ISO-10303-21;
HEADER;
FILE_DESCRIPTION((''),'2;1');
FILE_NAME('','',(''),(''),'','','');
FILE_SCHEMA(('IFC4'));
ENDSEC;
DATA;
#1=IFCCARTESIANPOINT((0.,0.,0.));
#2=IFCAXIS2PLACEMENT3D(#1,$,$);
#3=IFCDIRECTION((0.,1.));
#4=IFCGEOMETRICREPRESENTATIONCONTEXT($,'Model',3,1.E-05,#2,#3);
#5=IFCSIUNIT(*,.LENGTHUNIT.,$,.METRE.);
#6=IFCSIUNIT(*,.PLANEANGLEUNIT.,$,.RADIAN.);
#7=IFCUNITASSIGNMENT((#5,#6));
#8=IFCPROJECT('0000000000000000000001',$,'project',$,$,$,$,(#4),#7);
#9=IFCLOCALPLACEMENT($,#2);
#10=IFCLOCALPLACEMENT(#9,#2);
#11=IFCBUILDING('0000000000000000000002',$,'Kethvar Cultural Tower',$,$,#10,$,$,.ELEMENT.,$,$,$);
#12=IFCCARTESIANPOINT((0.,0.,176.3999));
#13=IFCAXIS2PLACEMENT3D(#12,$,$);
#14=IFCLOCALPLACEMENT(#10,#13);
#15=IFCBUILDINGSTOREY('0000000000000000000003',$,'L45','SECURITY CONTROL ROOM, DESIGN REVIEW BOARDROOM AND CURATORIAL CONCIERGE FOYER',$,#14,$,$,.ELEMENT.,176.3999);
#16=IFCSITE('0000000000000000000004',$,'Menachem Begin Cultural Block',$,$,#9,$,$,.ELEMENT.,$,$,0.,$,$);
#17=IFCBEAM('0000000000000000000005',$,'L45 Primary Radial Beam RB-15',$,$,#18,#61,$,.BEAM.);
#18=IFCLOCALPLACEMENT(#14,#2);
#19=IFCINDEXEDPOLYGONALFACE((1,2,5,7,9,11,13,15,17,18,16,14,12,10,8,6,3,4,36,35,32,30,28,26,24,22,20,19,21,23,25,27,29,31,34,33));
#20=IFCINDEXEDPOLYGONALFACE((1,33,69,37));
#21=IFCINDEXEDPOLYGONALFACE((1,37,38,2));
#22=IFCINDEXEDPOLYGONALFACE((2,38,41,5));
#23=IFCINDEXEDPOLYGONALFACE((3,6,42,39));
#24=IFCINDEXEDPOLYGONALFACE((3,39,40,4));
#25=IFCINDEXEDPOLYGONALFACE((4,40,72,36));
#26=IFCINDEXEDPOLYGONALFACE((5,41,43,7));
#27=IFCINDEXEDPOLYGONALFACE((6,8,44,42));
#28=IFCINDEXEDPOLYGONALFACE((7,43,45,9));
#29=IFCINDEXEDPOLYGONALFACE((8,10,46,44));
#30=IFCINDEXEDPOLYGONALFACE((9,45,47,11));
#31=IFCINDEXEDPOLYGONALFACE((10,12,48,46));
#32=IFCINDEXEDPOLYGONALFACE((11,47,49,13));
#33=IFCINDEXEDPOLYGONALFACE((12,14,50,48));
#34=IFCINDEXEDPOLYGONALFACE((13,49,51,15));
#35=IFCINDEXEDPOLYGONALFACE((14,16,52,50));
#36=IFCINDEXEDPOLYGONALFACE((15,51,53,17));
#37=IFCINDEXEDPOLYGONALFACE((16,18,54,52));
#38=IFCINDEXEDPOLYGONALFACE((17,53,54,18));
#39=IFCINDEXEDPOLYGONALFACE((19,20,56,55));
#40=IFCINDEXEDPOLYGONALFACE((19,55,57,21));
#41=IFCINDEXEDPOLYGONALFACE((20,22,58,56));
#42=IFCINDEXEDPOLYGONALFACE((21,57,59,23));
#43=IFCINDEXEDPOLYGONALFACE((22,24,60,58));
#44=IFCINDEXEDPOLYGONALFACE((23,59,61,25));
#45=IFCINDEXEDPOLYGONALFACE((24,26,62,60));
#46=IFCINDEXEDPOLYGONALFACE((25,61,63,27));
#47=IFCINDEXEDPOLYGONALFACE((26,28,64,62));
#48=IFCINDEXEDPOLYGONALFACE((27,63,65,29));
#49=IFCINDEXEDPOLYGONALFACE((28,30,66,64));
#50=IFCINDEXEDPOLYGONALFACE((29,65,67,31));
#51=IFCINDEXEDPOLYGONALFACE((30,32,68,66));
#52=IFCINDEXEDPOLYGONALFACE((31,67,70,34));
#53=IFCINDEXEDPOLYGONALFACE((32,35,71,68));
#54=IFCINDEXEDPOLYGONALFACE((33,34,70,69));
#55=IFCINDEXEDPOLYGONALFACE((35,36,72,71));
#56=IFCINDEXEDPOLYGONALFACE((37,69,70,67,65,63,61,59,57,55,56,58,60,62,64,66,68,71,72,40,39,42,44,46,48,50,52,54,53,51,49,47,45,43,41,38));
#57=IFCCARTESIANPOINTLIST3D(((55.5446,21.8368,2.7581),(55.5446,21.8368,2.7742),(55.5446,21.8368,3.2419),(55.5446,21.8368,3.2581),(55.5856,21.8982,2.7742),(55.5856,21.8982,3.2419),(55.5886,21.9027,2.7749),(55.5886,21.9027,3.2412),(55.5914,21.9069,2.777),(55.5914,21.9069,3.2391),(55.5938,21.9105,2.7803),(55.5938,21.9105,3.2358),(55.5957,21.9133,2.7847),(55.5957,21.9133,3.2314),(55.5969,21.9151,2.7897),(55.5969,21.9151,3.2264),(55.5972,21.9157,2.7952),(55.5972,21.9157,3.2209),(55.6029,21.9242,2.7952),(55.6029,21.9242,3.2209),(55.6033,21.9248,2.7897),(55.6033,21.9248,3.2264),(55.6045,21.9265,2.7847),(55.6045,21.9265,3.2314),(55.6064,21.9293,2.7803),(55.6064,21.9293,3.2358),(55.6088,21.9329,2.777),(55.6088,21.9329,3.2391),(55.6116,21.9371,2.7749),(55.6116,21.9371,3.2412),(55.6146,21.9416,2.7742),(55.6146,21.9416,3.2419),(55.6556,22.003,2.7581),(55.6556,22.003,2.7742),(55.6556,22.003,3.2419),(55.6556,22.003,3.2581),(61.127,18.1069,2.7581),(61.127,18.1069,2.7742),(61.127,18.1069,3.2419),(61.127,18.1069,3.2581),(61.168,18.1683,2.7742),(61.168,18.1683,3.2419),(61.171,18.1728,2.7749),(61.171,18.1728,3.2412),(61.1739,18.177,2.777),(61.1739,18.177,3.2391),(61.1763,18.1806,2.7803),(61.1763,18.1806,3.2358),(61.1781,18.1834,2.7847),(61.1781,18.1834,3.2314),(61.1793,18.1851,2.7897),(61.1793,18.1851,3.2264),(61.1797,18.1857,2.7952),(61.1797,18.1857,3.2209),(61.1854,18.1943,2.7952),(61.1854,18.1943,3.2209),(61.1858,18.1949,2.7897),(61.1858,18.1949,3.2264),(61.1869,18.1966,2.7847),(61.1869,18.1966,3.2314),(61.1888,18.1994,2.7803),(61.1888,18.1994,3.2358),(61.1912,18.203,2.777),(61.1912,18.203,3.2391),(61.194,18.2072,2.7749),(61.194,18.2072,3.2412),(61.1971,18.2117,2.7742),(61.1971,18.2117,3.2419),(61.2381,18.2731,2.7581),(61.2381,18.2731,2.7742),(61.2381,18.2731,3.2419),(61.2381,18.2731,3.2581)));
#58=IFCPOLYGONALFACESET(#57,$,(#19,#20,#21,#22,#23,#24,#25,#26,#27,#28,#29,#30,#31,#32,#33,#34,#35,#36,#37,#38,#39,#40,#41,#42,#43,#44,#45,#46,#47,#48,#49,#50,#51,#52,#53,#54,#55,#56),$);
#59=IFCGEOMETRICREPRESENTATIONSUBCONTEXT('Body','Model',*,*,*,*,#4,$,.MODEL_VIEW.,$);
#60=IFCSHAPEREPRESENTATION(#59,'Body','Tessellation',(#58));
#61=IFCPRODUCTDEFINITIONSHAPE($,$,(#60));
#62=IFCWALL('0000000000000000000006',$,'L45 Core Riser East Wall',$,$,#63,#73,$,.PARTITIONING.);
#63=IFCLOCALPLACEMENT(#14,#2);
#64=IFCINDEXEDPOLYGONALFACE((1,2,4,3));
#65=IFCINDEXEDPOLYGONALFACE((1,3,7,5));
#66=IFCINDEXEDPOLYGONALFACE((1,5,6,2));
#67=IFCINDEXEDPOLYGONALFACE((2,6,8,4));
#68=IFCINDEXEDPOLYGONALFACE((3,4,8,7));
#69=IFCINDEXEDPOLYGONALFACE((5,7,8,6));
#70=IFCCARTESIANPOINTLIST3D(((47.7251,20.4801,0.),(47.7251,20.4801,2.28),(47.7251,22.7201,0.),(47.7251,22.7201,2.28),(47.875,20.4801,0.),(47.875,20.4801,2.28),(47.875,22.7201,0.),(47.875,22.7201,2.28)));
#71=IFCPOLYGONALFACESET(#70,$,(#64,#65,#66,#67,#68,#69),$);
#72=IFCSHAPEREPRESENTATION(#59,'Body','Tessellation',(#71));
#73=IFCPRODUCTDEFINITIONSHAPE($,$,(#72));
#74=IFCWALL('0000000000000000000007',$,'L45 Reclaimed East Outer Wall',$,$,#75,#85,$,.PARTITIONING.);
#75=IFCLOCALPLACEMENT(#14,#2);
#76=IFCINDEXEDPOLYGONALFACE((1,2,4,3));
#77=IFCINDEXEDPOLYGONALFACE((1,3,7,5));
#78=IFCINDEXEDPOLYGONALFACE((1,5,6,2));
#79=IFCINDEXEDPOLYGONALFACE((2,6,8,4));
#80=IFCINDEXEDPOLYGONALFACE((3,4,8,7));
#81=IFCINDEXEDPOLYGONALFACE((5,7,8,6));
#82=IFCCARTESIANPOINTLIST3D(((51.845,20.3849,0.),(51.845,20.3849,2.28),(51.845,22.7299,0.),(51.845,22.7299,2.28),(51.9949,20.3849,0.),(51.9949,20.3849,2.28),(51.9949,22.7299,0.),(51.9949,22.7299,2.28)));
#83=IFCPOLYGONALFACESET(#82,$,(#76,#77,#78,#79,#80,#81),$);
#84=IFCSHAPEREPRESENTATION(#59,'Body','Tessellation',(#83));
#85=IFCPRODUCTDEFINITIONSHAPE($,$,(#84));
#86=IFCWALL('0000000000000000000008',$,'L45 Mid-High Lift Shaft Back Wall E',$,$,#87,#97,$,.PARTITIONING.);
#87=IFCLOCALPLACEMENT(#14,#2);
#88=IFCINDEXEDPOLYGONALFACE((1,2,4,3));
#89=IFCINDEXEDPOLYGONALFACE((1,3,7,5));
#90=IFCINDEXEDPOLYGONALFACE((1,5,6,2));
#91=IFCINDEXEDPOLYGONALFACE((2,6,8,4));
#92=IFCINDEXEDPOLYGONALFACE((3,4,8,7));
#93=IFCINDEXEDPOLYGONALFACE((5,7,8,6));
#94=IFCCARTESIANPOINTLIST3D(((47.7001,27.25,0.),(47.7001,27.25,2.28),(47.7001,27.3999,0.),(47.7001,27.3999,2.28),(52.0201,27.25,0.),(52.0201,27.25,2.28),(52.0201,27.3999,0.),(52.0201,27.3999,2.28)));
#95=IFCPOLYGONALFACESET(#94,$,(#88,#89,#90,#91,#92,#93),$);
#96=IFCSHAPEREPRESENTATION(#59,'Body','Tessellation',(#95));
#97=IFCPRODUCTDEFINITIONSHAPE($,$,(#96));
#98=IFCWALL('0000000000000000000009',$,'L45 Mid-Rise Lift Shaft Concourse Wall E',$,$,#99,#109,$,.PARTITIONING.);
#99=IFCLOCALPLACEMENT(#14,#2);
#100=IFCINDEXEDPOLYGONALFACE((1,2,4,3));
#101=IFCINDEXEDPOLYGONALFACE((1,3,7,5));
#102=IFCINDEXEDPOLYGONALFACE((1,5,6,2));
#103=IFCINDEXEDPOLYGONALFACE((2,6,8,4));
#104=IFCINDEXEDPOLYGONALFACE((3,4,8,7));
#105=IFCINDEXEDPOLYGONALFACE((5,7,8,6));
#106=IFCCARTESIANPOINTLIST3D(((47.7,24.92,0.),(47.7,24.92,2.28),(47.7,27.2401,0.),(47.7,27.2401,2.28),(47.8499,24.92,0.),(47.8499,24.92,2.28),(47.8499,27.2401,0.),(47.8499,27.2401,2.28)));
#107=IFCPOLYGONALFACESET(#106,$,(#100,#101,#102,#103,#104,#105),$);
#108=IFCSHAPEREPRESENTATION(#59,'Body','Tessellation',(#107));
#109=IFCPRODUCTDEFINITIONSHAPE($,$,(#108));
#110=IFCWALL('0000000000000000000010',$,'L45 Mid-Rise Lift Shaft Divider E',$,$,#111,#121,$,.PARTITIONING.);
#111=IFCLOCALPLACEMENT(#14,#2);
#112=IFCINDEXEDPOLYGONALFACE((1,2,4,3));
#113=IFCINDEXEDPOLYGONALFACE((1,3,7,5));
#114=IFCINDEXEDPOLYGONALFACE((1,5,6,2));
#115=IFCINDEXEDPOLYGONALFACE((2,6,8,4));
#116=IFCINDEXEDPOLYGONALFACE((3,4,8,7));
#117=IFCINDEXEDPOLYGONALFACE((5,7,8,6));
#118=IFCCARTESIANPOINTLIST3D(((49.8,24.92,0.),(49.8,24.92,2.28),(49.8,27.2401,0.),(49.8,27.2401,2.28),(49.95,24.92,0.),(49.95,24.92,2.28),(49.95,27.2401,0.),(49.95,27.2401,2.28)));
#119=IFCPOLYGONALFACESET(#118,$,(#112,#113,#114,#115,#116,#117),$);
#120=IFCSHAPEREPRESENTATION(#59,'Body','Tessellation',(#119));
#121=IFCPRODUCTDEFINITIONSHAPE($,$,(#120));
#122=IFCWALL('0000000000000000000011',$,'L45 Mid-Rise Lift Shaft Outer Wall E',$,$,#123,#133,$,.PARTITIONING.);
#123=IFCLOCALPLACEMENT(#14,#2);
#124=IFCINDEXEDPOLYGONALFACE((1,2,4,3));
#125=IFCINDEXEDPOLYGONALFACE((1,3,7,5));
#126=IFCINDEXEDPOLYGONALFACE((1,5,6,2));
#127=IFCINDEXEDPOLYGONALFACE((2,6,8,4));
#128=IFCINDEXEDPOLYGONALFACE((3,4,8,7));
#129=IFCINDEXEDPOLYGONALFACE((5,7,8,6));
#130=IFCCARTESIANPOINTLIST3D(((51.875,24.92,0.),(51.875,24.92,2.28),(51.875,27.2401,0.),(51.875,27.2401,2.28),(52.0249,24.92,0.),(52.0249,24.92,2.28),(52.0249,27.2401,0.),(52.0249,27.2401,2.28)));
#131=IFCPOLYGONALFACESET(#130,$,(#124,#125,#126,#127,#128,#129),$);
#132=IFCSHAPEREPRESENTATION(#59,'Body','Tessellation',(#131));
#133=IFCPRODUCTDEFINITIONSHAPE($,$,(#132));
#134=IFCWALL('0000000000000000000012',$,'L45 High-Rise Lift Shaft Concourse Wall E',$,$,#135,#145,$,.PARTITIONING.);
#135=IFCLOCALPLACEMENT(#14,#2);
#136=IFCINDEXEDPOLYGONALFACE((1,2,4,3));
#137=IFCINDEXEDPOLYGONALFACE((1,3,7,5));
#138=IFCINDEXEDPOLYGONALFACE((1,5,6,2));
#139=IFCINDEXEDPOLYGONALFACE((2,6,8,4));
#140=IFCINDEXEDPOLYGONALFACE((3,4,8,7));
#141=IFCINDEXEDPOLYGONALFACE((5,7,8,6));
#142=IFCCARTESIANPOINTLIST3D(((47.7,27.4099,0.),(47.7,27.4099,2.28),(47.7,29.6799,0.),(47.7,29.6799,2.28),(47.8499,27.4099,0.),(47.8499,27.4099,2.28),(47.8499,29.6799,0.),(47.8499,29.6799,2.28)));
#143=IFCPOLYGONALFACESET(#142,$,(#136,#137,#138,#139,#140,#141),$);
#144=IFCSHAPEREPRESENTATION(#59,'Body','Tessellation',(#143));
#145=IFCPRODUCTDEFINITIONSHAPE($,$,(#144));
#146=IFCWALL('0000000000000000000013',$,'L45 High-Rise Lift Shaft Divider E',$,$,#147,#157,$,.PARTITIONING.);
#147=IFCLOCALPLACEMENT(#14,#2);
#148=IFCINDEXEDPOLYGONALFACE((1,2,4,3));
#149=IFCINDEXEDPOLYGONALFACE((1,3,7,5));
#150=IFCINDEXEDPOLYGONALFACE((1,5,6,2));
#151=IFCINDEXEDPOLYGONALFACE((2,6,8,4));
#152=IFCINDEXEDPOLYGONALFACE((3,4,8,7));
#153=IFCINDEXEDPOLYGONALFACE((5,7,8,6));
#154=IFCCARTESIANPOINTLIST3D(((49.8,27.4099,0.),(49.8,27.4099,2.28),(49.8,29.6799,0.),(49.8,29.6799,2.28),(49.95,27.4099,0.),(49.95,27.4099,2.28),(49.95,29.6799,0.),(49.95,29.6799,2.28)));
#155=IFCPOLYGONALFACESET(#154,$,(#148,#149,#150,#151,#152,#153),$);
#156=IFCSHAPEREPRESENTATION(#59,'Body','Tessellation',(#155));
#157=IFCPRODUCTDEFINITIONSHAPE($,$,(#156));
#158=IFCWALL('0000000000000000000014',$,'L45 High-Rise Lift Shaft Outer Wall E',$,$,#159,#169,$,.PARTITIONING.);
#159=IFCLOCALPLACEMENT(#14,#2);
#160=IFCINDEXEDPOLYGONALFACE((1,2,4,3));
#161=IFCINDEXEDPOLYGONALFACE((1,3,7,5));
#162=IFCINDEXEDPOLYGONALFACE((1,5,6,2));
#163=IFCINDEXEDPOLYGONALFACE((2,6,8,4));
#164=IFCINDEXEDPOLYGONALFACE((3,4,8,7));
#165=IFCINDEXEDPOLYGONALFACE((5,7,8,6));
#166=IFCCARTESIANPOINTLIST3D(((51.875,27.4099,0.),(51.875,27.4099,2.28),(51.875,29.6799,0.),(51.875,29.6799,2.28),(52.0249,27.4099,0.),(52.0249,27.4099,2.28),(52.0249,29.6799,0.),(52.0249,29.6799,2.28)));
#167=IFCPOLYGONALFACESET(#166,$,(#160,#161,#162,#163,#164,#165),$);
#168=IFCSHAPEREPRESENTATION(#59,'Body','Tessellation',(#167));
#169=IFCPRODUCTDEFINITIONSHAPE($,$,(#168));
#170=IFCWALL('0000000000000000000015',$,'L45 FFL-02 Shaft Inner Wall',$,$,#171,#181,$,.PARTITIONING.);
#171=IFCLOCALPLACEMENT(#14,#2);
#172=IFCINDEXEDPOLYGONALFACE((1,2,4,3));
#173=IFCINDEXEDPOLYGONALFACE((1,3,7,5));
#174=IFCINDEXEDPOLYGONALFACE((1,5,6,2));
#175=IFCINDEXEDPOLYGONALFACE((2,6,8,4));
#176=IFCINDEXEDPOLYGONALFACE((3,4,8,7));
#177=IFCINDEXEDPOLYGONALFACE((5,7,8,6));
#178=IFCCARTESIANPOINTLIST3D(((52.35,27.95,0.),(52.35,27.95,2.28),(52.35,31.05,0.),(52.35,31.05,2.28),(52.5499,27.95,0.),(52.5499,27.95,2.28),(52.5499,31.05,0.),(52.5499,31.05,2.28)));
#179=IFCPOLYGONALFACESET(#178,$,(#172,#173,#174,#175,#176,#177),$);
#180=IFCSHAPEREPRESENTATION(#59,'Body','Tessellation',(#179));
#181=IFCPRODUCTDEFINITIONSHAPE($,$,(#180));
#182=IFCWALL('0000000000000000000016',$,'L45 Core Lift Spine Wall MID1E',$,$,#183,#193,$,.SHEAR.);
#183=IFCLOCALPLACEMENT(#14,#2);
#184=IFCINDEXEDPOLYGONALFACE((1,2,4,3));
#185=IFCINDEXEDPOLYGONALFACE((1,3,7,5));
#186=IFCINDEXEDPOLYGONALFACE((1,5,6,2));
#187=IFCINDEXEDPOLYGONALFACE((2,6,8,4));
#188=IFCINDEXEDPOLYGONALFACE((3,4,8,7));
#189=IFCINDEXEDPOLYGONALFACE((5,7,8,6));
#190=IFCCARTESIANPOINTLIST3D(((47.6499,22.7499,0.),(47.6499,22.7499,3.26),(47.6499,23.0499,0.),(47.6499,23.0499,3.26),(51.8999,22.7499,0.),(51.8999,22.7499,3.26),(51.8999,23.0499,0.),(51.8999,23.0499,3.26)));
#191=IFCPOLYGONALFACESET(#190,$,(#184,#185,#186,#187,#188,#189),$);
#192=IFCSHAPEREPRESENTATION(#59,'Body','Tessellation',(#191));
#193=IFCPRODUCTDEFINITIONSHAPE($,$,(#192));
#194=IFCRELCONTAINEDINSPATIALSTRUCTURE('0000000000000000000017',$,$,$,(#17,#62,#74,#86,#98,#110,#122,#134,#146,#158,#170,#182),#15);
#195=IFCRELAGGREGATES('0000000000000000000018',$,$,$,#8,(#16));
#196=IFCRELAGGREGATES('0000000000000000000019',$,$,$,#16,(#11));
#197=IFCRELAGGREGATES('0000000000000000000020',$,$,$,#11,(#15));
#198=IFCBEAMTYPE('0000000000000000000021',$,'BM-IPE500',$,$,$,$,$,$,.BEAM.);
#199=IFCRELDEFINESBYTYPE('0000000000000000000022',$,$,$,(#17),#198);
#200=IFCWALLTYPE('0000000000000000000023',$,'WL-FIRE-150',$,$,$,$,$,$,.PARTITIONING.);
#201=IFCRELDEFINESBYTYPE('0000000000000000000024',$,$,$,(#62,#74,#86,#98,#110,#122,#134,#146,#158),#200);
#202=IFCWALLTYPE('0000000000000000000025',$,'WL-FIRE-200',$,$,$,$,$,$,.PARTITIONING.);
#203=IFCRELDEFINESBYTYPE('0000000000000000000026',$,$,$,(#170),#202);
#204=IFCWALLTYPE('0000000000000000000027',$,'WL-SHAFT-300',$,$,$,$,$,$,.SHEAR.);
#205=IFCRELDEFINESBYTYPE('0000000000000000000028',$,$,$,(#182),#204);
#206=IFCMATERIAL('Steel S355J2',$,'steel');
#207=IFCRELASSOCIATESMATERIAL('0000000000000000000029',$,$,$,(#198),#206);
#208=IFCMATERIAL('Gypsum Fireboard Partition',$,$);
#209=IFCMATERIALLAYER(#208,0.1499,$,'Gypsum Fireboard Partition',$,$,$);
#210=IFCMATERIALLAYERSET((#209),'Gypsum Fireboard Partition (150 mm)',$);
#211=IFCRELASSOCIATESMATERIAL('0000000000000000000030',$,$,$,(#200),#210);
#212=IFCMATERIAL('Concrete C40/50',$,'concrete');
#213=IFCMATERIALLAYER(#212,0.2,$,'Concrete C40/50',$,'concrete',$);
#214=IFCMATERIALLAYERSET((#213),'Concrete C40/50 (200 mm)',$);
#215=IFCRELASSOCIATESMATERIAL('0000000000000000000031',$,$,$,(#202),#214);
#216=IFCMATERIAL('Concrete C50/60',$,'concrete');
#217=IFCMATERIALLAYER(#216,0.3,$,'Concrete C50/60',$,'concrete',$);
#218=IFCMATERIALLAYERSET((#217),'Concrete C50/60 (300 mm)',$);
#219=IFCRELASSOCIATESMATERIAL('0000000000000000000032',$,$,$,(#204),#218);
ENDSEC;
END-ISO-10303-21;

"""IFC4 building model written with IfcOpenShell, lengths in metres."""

from ifc_helpers import new_model, si_unit, direction, frame, frame_2d, origin, origin_2d, place, context, subcontext, project, spatial, rectangle, i_section, extrude, source, transform, mapped, material, layer, layer_set, material_profile, profile_set, type_object, element, save


model = new_model("IFC4")

# Units and contexts
model_context = context("Model", 3, precision=1e-05, world=origin(), true_north=direction((0.0, 1.0)))
body_context = subcontext(model_context, "Body", "Model", "MODEL_VIEW")
ifc_project = project(units=[si_unit("LENGTHUNIT", "METRE"), si_unit("PLANEANGLEUNIT", "RADIAN")], contexts=[model_context])

# Site, building, storey
site_placement = place(None, origin())
site = spatial("IfcSite", under=ifc_project, at=site_placement, Name="Menachem Begin Cultural Block", CompositionType="ELEMENT", RefElevation=0.0)
building_placement = place(site_placement, origin())
building = spatial("IfcBuilding", under=site, at=building_placement, Name="Kethvar Cultural Tower", CompositionType="ELEMENT")
storey_placement = place(building_placement, frame((0.0, 0.0, 176.3999)))
storey = spatial("IfcBuildingStorey", under=building, at=storey_placement, Name="L45", Description="SECURITY CONTROL ROOM, DESIGN REVIEW BOARDROOM AND CURATORIAL CONCIERGE FOYER", CompositionType="ELEMENT", Elevation=176.3999)

# Beam
ifc_material_1 = material(Name="Steel S355J2", Category="steel")
ifc_material_profile = material_profile(ifc_material_1, i_section(OverallWidth=0.2, OverallDepth=0.5, WebThickness=0.0103, FlangeThickness=0.0161, FilletRadius=0.021, at=origin_2d()), Name="Steel S355J2 — IPE500")
ifc_profile_set = profile_set([ifc_material_profile], Name="Steel S355J2 — IPE500")
beam_type = type_object("IfcBeamType", Name="BM-IPE500", PredefinedType="BEAM", material=ifc_profile_set)
shared_shape_1 = source(origin(), body_context, "Body", "SweptSolid", [
    extrude(i_section(OverallWidth=0.2, OverallDepth=0.5, WebThickness=0.0103, FlangeThickness=0.0161, FilletRadius=0.021, at=origin_2d()), origin(), (0.0, 0.0, 1.0), 6.7139),
])
beam_placement = place(storey_placement, frame((55.6001, 21.9199, 3.0081), z_axis=(0.831479, -0.555556, 0.0), x_axis=(0.555556, 0.831479, 0.0)))
element("IfcBeam", 1, at=beam_placement, inside=storey, type_object=beam_type, Name="L45 Primary Radial Beam RB-15", PredefinedType="BEAM", context=body_context, shape_type="MappedRepresentation", body=[
    mapped(shared_shape_1, transform((0.0, 0.0, 0.0), scale=1.0)),
])

# Walls
ifc_material_2 = material(Name="Gypsum Fireboard Partition")
ifc_layer_1 = layer(ifc_material_2, 0.1499, Name="Gypsum Fireboard Partition")
ifc_layer_set_1 = layer_set([ifc_layer_1], Name="Gypsum Fireboard Partition (150 mm)")
wall_type_1 = type_object("IfcWallType", Name="WL-FIRE-150", PredefinedType="PARTITIONING", material=ifc_layer_set_1)
wall_1_placement = place(storey_placement, frame((47.8, 20.48, 0.0), z_axis=(0.0, 0.0, 1.0), x_axis=(0.0, 1.0, 0.0)))
element("IfcWall", 2, at=wall_1_placement, inside=storey, type_object=wall_type_1, Name="L45 Core Riser East Wall", PredefinedType="PARTITIONING", context=body_context, shape_type="SweptSolid", body=[
    extrude(rectangle(XDim=2.24, YDim=0.1499, at=frame_2d((1.1201, 0.0))), origin(), (0.0, 0.0, 1.0), 2.28),
])
wall_2_placement = place(storey_placement, frame((51.9199, 20.385, 0.0), z_axis=(0.0, 0.0, 1.0), x_axis=(0.0, 1.0, 0.0)))
element("IfcWall", 3, at=wall_2_placement, inside=storey, type_object=wall_type_1, Name="L45 Reclaimed East Outer Wall", PredefinedType="PARTITIONING", context=body_context, shape_type="SweptSolid", body=[
    extrude(rectangle(XDim=2.345, YDim=0.1499, at=frame_2d((1.1724, 0.0))), origin(), (0.0, 0.0, 1.0), 2.28),
])

# Walls
wall_3_placement = place(storey_placement, frame((47.7, 27.325, 0.0), z_axis=(0.0, 0.0, 1.0), x_axis=(1.0, 0.0, 0.0)))
element("IfcWall", 4, at=wall_3_placement, inside=storey, type_object=wall_type_1, Name="L45 Mid-High Lift Shaft Back Wall E", PredefinedType="PARTITIONING", context=body_context, shape_type="SweptSolid", body=[
    extrude(rectangle(XDim=4.3201, YDim=0.1499, at=frame_2d((2.1602, 0.0))), origin(), (0.0, 0.0, 1.0), 2.28),
])
for number, where, z_axis, x_axis, name in (
    (5, (47.7749, 24.9199, 0.0), (0.0, 0.0, 1.0), (0.0, 1.0, 0.0), "L45 Mid-Rise Lift Shaft Concourse Wall E"),
    (6, (49.875, 24.9199, 0.0), (0.0, 0.0, 1.0), (0.0, 1.0, 0.0), "L45 Mid-Rise Lift Shaft Divider E"),
    (7, (51.95, 24.9199, 0.0), (0.0, 0.0, 1.0), (0.0, 1.0, 0.0), "L45 Mid-Rise Lift Shaft Outer Wall E"),
):
    element("IfcWall", number, at=place(storey_placement, frame(where, z_axis=z_axis, x_axis=x_axis)), inside=storey, type_object=wall_type_1, Name=name, PredefinedType="PARTITIONING", context=body_context, shape_type="SweptSolid", body=[
        extrude(rectangle(XDim=2.3201, YDim=0.1499, at=frame_2d((1.1602, 0.0))), origin(), (0.0, 0.0, 1.0), 2.28),
    ])
for number, where, z_axis, x_axis, name in (
    (8, (47.7749, 27.4099, 0.0), (0.0, 0.0, 1.0), (0.0, 1.0, 0.0), "L45 High-Rise Lift Shaft Concourse Wall E"),
    (9, (49.875, 27.4099, 0.0), (0.0, 0.0, 1.0), (0.0, 1.0, 0.0), "L45 High-Rise Lift Shaft Divider E"),
    (10, (51.95, 27.4099, 0.0), (0.0, 0.0, 1.0), (0.0, 1.0, 0.0), "L45 High-Rise Lift Shaft Outer Wall E"),
):
    element("IfcWall", number, at=place(storey_placement, frame(where, z_axis=z_axis, x_axis=x_axis)), inside=storey, type_object=wall_type_1, Name=name, PredefinedType="PARTITIONING", context=body_context, shape_type="SweptSolid", body=[
        extrude(rectangle(XDim=2.27, YDim=0.1499, at=frame_2d((1.135, 0.0))), origin(), (0.0, 0.0, 1.0), 2.28),
    ])
ifc_material_3 = material(Name="Concrete C40/50", Category="concrete")
ifc_layer_2 = layer(ifc_material_3, 0.2, Name="Concrete C40/50", Category="concrete")
ifc_layer_set_2 = layer_set([ifc_layer_2], Name="Concrete C40/50 (200 mm)")
wall_type_2 = type_object("IfcWallType", Name="WL-FIRE-200", PredefinedType="PARTITIONING", material=ifc_layer_set_2)
wall_4_placement = place(storey_placement, frame((52.45, 27.95, 0.0), z_axis=(0.0, 0.0, 1.0), x_axis=(0.0, 1.0, 0.0)))
element("IfcWall", 11, at=wall_4_placement, inside=storey, type_object=wall_type_2, Name="L45 FFL-02 Shaft Inner Wall", PredefinedType="PARTITIONING", context=body_context, shape_type="SweptSolid", body=[
    extrude(rectangle(XDim=3.1001, YDim=0.2, at=frame_2d((1.55, 0.0))), origin(), (0.0, 0.0, 1.0), 2.28),
])
ifc_material_4 = material(Name="Concrete C50/60", Category="concrete")
ifc_layer_3 = layer(ifc_material_4, 0.3, Name="Concrete C50/60", Category="concrete")
ifc_layer_set_3 = layer_set([ifc_layer_3], Name="Concrete C50/60 (300 mm)")
wall_type_3 = type_object("IfcWallType", Name="WL-SHAFT-300", PredefinedType="SHEAR", material=ifc_layer_set_3)
wall_5_placement = place(storey_placement, frame((47.6499, 22.8999, 0.0), z_axis=(0.0, 0.0, 1.0), x_axis=(1.0, 0.0, 0.0)))
element("IfcWall", 12, at=wall_5_placement, inside=storey, type_object=wall_type_3, Name="L45 Core Lift Spine Wall MID1E", PredefinedType="SHEAR", context=body_context, shape_type="SweptSolid", body=[
    extrude(rectangle(XDim=4.25, YDim=0.3, at=frame_2d((2.125, 0.0))), origin(), (0.0, 0.0, 1.0), 3.26),
])

save(model, "model.ifc")
